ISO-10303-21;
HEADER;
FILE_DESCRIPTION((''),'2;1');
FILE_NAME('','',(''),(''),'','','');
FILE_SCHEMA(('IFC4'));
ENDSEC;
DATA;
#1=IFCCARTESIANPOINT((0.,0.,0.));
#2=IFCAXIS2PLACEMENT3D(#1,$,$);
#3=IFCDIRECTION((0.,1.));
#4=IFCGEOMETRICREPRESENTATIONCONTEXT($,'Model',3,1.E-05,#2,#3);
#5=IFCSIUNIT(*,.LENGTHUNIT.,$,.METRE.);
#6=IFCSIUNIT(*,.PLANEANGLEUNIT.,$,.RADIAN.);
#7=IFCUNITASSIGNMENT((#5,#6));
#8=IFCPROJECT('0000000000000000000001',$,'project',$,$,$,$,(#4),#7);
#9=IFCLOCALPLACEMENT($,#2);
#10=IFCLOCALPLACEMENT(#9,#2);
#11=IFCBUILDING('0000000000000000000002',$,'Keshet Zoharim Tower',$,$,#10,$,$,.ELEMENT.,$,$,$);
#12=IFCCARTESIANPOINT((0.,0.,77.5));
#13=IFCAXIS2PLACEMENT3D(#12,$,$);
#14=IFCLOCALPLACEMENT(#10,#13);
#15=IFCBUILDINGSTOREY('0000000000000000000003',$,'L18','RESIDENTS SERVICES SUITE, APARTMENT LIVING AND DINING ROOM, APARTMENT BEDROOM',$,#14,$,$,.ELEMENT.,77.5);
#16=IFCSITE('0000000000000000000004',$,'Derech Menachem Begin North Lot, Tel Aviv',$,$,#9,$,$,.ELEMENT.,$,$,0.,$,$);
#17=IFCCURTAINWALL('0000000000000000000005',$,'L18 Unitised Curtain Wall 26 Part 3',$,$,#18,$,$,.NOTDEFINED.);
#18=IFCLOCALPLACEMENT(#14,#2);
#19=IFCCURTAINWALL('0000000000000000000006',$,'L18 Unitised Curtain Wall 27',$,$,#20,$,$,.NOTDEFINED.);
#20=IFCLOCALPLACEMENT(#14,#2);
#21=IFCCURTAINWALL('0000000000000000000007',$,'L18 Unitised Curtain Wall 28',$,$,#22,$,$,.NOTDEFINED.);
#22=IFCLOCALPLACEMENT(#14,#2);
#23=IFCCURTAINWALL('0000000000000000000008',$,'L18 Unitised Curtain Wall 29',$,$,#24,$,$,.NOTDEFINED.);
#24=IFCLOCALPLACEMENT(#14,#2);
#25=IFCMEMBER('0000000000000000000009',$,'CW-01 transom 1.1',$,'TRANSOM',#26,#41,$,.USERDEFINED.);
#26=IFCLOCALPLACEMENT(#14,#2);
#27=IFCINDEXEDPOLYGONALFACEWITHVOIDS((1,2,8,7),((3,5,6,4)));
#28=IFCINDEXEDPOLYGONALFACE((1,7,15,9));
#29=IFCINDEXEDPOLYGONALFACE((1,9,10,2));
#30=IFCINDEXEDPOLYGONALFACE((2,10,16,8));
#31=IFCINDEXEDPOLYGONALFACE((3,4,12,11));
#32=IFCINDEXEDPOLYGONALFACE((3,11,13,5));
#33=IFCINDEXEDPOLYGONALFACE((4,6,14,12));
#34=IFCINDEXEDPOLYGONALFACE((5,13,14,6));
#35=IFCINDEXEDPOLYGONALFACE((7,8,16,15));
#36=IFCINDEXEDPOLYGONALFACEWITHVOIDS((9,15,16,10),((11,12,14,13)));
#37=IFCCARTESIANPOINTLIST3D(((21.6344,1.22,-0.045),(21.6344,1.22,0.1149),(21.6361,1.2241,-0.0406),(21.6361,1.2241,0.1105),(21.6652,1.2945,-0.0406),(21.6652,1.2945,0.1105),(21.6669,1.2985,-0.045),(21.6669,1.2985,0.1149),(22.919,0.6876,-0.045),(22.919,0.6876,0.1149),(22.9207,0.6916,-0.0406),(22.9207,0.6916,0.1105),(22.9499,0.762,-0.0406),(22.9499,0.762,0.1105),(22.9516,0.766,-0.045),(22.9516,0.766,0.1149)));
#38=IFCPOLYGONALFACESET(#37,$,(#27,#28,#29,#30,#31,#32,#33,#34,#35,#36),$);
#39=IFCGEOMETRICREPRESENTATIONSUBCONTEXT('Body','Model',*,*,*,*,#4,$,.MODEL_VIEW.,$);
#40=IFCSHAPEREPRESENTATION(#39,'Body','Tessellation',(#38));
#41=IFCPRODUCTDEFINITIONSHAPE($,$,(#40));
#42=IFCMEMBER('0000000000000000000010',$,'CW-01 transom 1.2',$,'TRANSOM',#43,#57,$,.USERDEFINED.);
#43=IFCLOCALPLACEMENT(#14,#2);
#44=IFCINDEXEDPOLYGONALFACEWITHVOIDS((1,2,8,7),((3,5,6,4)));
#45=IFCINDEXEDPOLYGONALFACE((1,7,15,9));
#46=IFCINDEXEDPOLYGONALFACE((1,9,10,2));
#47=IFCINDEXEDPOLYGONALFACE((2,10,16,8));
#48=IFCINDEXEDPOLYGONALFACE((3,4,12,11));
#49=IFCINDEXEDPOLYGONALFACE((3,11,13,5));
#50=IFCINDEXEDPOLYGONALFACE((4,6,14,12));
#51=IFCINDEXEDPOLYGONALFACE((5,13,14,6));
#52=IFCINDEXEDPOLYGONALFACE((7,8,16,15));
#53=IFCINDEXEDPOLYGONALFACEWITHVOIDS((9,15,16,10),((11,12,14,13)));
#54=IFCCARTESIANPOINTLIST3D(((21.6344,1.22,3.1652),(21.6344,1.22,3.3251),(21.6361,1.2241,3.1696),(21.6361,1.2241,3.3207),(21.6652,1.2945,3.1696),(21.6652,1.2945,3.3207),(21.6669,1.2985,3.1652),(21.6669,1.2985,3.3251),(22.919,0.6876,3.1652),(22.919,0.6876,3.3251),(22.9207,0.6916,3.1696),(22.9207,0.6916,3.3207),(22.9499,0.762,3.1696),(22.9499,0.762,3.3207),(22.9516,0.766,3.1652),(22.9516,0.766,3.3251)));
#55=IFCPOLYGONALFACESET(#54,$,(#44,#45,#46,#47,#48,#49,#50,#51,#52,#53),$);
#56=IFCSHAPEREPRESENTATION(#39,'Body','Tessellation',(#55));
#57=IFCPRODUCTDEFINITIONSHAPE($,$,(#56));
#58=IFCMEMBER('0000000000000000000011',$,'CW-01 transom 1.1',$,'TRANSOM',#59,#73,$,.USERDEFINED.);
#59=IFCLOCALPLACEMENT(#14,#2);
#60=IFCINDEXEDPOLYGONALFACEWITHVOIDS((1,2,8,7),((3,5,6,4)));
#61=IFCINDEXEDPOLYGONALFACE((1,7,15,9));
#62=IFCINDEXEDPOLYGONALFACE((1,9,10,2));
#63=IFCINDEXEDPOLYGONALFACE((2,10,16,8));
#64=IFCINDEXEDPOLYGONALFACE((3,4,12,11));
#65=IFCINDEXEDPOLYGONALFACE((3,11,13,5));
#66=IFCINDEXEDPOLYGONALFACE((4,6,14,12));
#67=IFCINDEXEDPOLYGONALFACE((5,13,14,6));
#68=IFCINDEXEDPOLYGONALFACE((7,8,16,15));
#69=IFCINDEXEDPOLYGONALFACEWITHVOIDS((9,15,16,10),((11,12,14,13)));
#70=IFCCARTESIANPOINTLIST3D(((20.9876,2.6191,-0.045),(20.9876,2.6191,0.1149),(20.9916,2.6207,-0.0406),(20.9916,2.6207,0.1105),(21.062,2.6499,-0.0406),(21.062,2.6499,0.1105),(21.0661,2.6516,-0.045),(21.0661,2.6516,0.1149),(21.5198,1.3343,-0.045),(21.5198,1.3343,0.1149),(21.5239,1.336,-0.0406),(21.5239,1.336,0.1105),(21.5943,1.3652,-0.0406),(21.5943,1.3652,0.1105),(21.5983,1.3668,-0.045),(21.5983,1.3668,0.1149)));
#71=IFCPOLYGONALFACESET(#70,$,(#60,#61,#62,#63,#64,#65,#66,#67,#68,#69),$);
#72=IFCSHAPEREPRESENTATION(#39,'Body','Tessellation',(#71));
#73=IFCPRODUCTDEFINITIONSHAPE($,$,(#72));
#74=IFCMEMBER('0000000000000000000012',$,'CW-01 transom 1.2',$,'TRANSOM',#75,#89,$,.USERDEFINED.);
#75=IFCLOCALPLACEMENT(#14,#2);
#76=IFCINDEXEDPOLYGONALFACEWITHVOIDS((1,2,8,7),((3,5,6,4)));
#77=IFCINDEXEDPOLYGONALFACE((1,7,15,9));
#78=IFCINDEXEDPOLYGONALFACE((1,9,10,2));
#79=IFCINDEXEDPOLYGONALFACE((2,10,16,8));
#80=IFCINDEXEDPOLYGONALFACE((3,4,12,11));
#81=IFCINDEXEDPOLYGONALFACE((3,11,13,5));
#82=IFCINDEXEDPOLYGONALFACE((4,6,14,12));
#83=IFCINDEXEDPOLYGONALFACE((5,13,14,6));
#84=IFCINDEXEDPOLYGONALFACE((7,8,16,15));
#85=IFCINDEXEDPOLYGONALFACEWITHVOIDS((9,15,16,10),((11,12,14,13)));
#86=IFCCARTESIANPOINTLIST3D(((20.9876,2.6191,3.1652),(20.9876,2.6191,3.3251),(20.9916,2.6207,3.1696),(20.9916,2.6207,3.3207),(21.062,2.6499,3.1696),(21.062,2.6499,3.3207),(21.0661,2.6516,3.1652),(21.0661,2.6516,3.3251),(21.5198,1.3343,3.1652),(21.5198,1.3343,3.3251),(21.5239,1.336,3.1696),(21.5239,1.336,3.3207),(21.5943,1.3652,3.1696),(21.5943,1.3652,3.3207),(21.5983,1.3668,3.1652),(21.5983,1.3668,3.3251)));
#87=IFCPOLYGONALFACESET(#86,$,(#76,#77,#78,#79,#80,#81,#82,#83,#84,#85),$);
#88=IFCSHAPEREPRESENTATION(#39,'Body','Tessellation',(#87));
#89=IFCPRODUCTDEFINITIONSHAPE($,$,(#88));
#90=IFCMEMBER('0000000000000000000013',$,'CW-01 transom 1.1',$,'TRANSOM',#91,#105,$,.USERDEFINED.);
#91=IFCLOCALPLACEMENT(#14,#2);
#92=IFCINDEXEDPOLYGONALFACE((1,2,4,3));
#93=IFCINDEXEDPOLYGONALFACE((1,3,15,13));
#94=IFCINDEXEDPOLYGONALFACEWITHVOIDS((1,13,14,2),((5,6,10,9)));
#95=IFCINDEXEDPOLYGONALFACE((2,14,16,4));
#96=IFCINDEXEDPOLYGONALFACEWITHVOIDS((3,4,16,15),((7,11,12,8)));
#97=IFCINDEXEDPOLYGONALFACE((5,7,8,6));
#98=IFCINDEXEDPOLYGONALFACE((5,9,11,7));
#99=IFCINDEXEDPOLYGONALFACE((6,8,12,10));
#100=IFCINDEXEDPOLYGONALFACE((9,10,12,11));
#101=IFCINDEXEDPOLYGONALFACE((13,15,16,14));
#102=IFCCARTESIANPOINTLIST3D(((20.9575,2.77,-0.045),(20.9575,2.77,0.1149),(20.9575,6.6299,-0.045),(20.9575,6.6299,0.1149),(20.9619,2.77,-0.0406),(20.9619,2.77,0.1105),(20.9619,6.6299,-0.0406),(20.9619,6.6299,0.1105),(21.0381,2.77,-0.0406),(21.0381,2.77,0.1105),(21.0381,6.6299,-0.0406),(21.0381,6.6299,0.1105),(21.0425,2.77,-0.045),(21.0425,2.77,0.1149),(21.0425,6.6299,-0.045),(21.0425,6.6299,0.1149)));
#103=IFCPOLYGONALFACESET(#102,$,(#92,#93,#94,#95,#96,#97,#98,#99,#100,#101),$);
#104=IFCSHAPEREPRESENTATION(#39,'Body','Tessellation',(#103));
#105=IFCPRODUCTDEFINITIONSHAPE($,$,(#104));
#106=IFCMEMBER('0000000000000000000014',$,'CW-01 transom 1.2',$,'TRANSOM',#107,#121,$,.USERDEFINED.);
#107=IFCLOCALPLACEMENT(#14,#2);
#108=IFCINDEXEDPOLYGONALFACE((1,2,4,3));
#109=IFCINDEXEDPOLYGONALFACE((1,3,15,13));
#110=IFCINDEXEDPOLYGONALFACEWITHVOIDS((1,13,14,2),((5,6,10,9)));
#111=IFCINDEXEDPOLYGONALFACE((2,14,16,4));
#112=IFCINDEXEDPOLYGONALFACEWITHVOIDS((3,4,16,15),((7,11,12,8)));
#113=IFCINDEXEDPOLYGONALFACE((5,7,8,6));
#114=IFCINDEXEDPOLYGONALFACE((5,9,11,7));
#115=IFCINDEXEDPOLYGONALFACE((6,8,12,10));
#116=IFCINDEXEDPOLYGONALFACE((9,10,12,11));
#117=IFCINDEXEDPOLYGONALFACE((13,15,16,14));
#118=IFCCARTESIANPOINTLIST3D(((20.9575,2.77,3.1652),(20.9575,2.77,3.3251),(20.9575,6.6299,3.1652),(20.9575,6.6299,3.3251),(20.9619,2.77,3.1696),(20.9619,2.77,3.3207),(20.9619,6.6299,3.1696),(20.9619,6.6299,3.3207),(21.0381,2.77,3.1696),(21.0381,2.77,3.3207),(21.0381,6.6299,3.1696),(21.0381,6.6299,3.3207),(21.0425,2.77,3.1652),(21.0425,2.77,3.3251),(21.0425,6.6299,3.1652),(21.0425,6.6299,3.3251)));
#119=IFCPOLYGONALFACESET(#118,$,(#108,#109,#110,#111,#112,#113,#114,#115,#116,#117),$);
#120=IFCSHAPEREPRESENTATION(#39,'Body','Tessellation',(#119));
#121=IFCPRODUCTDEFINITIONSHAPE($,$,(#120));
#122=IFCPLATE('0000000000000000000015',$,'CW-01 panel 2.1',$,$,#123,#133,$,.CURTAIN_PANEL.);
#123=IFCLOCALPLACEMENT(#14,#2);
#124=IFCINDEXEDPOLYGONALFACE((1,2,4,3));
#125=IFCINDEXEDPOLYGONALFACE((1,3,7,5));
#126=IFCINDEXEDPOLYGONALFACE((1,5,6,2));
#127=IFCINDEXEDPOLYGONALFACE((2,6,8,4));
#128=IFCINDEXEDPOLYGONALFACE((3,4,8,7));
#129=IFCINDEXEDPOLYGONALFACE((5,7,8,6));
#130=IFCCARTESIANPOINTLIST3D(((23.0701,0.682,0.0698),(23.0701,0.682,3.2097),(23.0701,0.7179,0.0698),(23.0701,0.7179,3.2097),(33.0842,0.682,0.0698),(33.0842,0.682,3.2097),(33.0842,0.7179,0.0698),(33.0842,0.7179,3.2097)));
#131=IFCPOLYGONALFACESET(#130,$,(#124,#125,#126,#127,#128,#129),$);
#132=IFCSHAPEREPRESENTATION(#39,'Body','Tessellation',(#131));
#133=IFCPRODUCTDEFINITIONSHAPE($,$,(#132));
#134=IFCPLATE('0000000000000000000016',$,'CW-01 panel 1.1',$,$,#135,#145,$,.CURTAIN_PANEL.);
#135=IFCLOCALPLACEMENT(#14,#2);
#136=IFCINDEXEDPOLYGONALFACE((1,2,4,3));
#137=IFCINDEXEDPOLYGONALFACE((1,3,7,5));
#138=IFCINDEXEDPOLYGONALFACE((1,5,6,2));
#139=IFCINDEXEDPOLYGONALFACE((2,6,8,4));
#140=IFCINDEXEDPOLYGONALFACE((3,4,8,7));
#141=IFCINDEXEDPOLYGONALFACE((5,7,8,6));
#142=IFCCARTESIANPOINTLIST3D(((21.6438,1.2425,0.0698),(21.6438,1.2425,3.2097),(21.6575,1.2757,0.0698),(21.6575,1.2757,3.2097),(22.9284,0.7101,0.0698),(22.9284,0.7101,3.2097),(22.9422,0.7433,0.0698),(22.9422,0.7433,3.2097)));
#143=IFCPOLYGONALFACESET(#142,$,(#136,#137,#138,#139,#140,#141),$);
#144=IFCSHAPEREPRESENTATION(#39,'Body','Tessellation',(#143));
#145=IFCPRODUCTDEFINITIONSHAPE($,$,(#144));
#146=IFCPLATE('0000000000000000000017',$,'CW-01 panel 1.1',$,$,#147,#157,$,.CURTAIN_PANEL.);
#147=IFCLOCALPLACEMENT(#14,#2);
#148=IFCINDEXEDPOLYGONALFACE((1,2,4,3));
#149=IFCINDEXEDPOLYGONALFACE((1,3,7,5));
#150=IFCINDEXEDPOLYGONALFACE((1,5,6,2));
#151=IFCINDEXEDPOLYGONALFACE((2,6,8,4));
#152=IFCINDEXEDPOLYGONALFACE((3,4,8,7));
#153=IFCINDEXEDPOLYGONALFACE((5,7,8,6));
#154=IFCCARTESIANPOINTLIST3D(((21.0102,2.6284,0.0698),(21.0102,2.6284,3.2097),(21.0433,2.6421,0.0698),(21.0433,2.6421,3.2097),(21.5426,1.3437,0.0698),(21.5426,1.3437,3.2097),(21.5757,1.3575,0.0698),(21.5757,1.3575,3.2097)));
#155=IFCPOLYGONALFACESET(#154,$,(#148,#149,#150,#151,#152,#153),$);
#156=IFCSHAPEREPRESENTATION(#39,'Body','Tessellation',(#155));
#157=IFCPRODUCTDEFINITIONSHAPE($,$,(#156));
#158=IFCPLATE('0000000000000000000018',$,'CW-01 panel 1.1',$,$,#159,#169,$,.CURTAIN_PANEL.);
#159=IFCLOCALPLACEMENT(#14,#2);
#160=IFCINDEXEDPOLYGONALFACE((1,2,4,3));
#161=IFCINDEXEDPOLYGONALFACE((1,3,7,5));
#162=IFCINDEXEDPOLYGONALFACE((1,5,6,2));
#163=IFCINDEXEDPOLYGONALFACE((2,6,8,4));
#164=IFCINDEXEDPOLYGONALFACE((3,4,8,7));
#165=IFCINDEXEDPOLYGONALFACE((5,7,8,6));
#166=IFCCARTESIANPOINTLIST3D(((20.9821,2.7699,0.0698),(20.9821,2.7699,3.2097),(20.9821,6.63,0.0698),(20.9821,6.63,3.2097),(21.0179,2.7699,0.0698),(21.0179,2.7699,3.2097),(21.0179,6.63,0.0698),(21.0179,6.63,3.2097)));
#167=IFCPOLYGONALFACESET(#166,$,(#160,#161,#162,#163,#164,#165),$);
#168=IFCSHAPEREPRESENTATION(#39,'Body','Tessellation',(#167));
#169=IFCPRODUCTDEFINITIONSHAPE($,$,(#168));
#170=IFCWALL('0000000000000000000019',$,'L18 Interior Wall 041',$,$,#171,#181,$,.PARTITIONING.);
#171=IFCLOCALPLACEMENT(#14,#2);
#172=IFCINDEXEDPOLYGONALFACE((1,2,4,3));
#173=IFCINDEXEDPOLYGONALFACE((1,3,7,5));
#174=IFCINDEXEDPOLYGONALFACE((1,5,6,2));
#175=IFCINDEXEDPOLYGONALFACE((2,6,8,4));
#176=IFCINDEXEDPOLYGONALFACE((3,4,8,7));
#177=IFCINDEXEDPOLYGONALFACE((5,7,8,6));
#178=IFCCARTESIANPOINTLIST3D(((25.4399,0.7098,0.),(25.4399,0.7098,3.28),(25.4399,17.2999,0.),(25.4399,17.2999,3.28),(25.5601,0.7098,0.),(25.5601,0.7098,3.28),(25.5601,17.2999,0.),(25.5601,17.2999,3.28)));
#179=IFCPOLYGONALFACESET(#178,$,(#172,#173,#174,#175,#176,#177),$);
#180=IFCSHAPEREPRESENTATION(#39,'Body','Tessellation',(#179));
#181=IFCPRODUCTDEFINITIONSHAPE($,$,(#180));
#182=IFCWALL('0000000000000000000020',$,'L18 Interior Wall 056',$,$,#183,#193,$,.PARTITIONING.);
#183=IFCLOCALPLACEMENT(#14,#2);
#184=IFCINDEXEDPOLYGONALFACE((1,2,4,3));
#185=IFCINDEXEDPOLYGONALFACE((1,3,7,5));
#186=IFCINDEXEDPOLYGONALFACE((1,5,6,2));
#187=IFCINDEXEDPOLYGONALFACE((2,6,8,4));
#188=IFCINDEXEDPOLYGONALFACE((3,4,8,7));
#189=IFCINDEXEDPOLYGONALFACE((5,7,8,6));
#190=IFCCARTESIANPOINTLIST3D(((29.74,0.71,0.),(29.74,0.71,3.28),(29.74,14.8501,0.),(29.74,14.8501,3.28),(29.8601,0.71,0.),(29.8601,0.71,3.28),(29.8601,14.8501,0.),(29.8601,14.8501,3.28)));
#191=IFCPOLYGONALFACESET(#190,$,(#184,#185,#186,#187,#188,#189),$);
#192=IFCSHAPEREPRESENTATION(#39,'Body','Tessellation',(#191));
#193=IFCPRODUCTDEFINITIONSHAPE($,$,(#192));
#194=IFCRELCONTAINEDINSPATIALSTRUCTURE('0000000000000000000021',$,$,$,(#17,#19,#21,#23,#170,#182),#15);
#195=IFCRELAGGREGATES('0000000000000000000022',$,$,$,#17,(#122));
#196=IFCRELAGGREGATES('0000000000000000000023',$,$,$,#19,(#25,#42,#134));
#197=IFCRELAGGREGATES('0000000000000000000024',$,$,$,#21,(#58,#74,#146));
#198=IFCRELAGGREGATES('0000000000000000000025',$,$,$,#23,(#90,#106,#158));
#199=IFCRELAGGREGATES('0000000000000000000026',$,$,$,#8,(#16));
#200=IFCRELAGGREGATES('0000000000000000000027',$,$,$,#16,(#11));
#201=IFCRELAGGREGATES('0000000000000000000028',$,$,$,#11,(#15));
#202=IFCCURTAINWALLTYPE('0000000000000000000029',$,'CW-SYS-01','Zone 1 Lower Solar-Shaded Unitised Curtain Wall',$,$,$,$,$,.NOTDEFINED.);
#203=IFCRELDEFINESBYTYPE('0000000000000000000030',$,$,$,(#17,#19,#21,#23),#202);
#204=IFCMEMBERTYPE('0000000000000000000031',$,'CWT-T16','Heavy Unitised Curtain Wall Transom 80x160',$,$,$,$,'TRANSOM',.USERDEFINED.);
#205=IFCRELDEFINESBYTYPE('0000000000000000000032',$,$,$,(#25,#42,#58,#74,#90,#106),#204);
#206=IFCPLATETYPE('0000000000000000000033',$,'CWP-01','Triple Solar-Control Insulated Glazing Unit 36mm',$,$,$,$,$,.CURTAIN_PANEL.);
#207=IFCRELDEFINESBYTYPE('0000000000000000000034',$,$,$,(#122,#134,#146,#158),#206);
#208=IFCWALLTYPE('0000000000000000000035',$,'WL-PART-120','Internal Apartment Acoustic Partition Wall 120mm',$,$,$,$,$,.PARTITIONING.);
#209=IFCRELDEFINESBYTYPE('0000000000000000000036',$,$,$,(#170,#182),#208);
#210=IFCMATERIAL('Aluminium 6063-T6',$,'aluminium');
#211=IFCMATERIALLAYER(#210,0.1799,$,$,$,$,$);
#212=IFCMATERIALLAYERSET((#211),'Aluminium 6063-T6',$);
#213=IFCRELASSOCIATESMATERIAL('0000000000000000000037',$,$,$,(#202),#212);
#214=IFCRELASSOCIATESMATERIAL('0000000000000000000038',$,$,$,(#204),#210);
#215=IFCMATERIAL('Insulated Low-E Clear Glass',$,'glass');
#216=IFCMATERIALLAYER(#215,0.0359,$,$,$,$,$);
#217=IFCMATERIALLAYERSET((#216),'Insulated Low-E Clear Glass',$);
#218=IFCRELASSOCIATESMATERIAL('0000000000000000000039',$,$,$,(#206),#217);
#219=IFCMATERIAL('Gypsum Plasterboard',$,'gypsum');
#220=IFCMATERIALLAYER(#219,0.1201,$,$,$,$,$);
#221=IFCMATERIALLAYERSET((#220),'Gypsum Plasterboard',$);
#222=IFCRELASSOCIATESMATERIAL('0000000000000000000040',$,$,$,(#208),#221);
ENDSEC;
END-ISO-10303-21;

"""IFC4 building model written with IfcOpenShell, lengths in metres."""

from ifc_helpers import new_model, si_unit, direction, frame, frame_2d, origin, origin_2d, place, context, subcontext, project, spatial, rectangle, hollow_rectangle, extrude, material, layer, layer_set, material_profile, profile_set, type_object, element, aggregate, save


model = new_model("IFC4")

# Units and contexts
model_context = context("Model", 3, precision=1e-05, world=origin(), true_north=direction((0.0, 1.0)))
body_context = subcontext(model_context, "Body", "Model", "MODEL_VIEW")
ifc_project = project(units=[si_unit("LENGTHUNIT", "METRE"), si_unit("PLANEANGLEUNIT", "RADIAN")], contexts=[model_context])

# Site, building, storey
site_placement = place(None, origin())
site = spatial("IfcSite", under=ifc_project, at=site_placement, Name="Derech Menachem Begin North Lot, Tel Aviv", CompositionType="ELEMENT", RefElevation=0.0)
building_placement = place(site_placement, origin())
building = spatial("IfcBuilding", under=site, at=building_placement, Name="Keshet Zoharim Tower", CompositionType="ELEMENT")
storey_placement = place(building_placement, frame((0.0, 0.0, 77.5)))
storey = spatial("IfcBuildingStorey", under=building, at=storey_placement, Name="L18", Description="RESIDENTS SERVICES SUITE, APARTMENT LIVING AND DINING ROOM, APARTMENT BEDROOM", CompositionType="ELEMENT", Elevation=77.5)

# Curtain wall
ifc_material_1 = material(Name="Aluminium 6063-T6", Category="aluminium")
ifc_layer_1 = layer(ifc_material_1, 0.1799)
ifc_layer_set_1 = layer_set([ifc_layer_1], Name="Aluminium 6063-T6")
curtain_wall_type = type_object("IfcCurtainWallType", Name="CW-SYS-01", Description="Zone 1 Lower Solar-Shaded Unitised Curtain Wall", PredefinedType="NOTDEFINED", material=ifc_layer_set_1)
curtain_wall_1_placement = place(storey_placement, origin())
curtain_wall_1 = element("IfcCurtainWall", 1, at=curtain_wall_1_placement, inside=storey, type_object=curtain_wall_type, Name="L18 Unitised Curtain Wall 26 Part 3", PredefinedType="NOTDEFINED")

# Curtain walls
curtain_wall_2_placement = place(storey_placement, origin())
curtain_wall_2 = element("IfcCurtainWall", 2, at=curtain_wall_2_placement, inside=storey, type_object=curtain_wall_type, Name="L18 Unitised Curtain Wall 27", PredefinedType="NOTDEFINED")
curtain_wall_3_placement = place(storey_placement, origin())
curtain_wall_3 = element("IfcCurtainWall", 3, at=curtain_wall_3_placement, inside=storey, type_object=curtain_wall_type, Name="L18 Unitised Curtain Wall 28", PredefinedType="NOTDEFINED")
curtain_wall_4_placement = place(storey_placement, origin())
curtain_wall_4 = element("IfcCurtainWall", 4, at=curtain_wall_4_placement, inside=storey, type_object=curtain_wall_type, Name="L18 Unitised Curtain Wall 29", PredefinedType="NOTDEFINED")

# Members
ifc_material_profile_1 = material_profile(ifc_material_1, hollow_rectangle(XDim=0.085, YDim=0.1599, WallThickness=0.0044, at=origin_2d()), Name="TRN-85x160")
ifc_profile_set_1 = profile_set([ifc_material_profile_1], Name="Aluminium 6063-T6")
member_type_1 = type_object("IfcMemberType", Name="CWT-T16", Description="Heavy Unitised Curtain Wall Transom 80x160", ElementType="TRANSOM", PredefinedType="USERDEFINED", material=ifc_profile_set_1)
member_1_placement = place(storey_placement, frame((22.9353, 0.7268, 0.0349), z_axis=(-0.923792, 0.382894, 0.0), x_axis=(-0.382894, -0.923792, 0.0)))
member_1 = element("IfcMember", 5, at=member_1_placement, type_object=member_type_1, Name="CW-01 transom 1.1", ObjectType="TRANSOM", PredefinedType="USERDEFINED", context=body_context, shape_type="SweptSolid", body=[
    extrude(hollow_rectangle(XDim=0.085, YDim=0.1599, WallThickness=0.0044, at=origin_2d()), origin(), (0.0, 0.0, 1.0), 1.3906),
])
member_2_placement = place(storey_placement, frame((22.9353, 0.7268, 3.2451), z_axis=(-0.923792, 0.382894, 0.0), x_axis=(-0.382894, -0.923792, 0.0)))
member_2 = element("IfcMember", 6, at=member_2_placement, type_object=member_type_1, Name="CW-01 transom 1.2", ObjectType="TRANSOM", PredefinedType="USERDEFINED", context=body_context, shape_type="SweptSolid", body=[
    extrude(hollow_rectangle(XDim=0.085, YDim=0.1599, WallThickness=0.0044, at=origin_2d()), origin(), (0.0, 0.0, 1.0), 1.3906),
])
member_3_placement = place(storey_placement, frame((21.5591, 1.3506, 0.0349), z_axis=(-0.382745, 0.923854, 0.0), x_axis=(-0.923854, -0.382745, 0.0)))
member_3 = element("IfcMember", 7, at=member_3_placement, type_object=member_type_1, Name="CW-01 transom 1.1", ObjectType="TRANSOM", PredefinedType="USERDEFINED", context=body_context, shape_type="SweptSolid", body=[
    extrude(hollow_rectangle(XDim=0.085, YDim=0.1599, WallThickness=0.0044, at=origin_2d()), origin(), (0.0, 0.0, 1.0), 1.3906),
])
member_4_placement = place(storey_placement, frame((21.5591, 1.3506, 3.2451), z_axis=(-0.382745, 0.923854, 0.0), x_axis=(-0.923854, -0.382745, 0.0)))
member_4 = element("IfcMember", 8, at=member_4_placement, type_object=member_type_1, Name="CW-01 transom 1.2", ObjectType="TRANSOM", PredefinedType="USERDEFINED", context=body_context, shape_type="SweptSolid", body=[
    extrude(hollow_rectangle(XDim=0.085, YDim=0.1599, WallThickness=0.0044, at=origin_2d()), origin(), (0.0, 0.0, 1.0), 1.3906),
])
member_5_placement = place(storey_placement, frame((21.0, 2.77, 0.0349), z_axis=(0.0, 1.0, 0.0), x_axis=(-1.0, 0.0, 0.0)))
member_5 = element("IfcMember", 9, at=member_5_placement, type_object=member_type_1, Name="CW-01 transom 1.1", ObjectType="TRANSOM", PredefinedType="USERDEFINED", context=body_context, shape_type="SweptSolid", body=[
    extrude(hollow_rectangle(XDim=0.085, YDim=0.1599, WallThickness=0.0044, at=origin_2d()), origin(), (0.0, 0.0, 1.0), 3.8599),
])
member_6_placement = place(storey_placement, frame((21.0, 2.77, 3.2451), z_axis=(0.0, 1.0, 0.0), x_axis=(-1.0, 0.0, 0.0)))
member_6 = element("IfcMember", 10, at=member_6_placement, type_object=member_type_1, Name="CW-01 transom 1.2", ObjectType="TRANSOM", PredefinedType="USERDEFINED", context=body_context, shape_type="SweptSolid", body=[
    extrude(hollow_rectangle(XDim=0.085, YDim=0.1599, WallThickness=0.0044, at=origin_2d()), origin(), (0.0, 0.0, 1.0), 3.8599),
])

# Plates
ifc_material_2 = material(Name="Insulated Low-E Clear Glass", Category="glass")
ifc_layer_2 = layer(ifc_material_2, 0.0359)
ifc_layer_set_2 = layer_set([ifc_layer_2], Name="Insulated Low-E Clear Glass")
plate_type = type_object("IfcPlateType", Name="CWP-01", Description="Triple Solar-Control Insulated Glazing Unit 36mm", PredefinedType="CURTAIN_PANEL", material=ifc_layer_set_2)
plate_1_placement = place(storey_placement, frame((28.0771, 0.7, 0.0698), z_axis=(0.0, 0.0, 1.0), x_axis=(-1.0, 0.0, 0.0)))
plate_1 = element("IfcPlate", 11, at=plate_1_placement, type_object=plate_type, Name="CW-01 panel 2.1", PredefinedType="CURTAIN_PANEL", context=body_context, shape_type="SweptSolid", body=[
    extrude(rectangle(XDim=10.0142, YDim=0.0359, at=origin_2d()), origin(), (0.0, 0.0, 1.0), 3.1399),
])
aggregate(curtain_wall_1, [plate_1])
plate_2_placement = place(storey_placement, frame((22.293, 0.9929, 0.0698), z_axis=(0.0, 0.0, 1.0), x_axis=(-0.92381, 0.382852, 0.0)))
plate_2 = element("IfcPlate", 12, at=plate_2_placement, type_object=plate_type, Name="CW-01 panel 1.1", PredefinedType="CURTAIN_PANEL", context=body_context, shape_type="SweptSolid", body=[
    extrude(rectangle(XDim=1.3906, YDim=0.0359, at=origin_2d()), origin(), (0.0, 0.0, 1.0), 3.1399),
])
aggregate(curtain_wall_2, [member_1, member_2, plate_2])
plate_3_placement = place(storey_placement, frame((21.293, 1.9929, 0.0698), z_axis=(0.0, 0.0, 1.0), x_axis=(-0.382852, 0.92381, 0.0)))
plate_3 = element("IfcPlate", 13, at=plate_3_placement, type_object=plate_type, Name="CW-01 panel 1.1", PredefinedType="CURTAIN_PANEL", context=body_context, shape_type="SweptSolid", body=[
    extrude(rectangle(XDim=1.3906, YDim=0.0359, at=origin_2d()), origin(), (0.0, 0.0, 1.0), 3.1399),
])
aggregate(curtain_wall_3, [member_3, member_4, plate_3])
plate_4_placement = place(storey_placement, frame((21.0, 4.7, 0.0698), z_axis=(0.0, 0.0, 1.0), x_axis=(0.0, 1.0, 0.0)))
plate_4 = element("IfcPlate", 14, at=plate_4_placement, type_object=plate_type, Name="CW-01 panel 1.1", PredefinedType="CURTAIN_PANEL", context=body_context, shape_type="SweptSolid", body=[
    extrude(rectangle(XDim=3.8601, YDim=0.0359, at=origin_2d()), origin(), (0.0, 0.0, 1.0), 3.1399),
])
aggregate(curtain_wall_4, [member_5, member_6, plate_4])

# Walls
ifc_material_3 = material(Name="Gypsum Plasterboard", Category="gypsum")
ifc_layer_3 = layer(ifc_material_3, 0.1201)
ifc_layer_set_3 = layer_set([ifc_layer_3], Name="Gypsum Plasterboard")
wall_type = type_object("IfcWallType", Name="WL-PART-120", Description="Internal Apartment Acoustic Partition Wall 120mm", PredefinedType="PARTITIONING", material=ifc_layer_set_3)
wall_placement = place(storey_placement, frame((25.5, 0.71, 0.0), z_axis=(0.0, 0.0, 1.0), x_axis=(0.0, 1.0, 0.0)))
element("IfcWall", 15, at=wall_placement, inside=storey, type_object=wall_type, Name="L18 Interior Wall 041", PredefinedType="PARTITIONING", context=body_context, shape_type="SweptSolid", body=[
    extrude(rectangle(XDim=16.5901, YDim=0.1201, at=frame_2d((8.2949, 0.0))), origin(), (0.0, 0.0, 1.0), 3.28),
])
for number, where, z_axis, x_axis, name in (
    (16, (29.8, 0.71, 0.0), (0.0, 0.0, 1.0), (0.0, 1.0, 0.0), "L18 Interior Wall 056"),
):
    element("IfcWall", number, at=place(storey_placement, frame(where, z_axis=z_axis, x_axis=x_axis)), inside=storey, type_object=wall_type, Name=name, PredefinedType="PARTITIONING", context=body_context, shape_type="SweptSolid", body=[
        extrude(rectangle(XDim=14.1401, YDim=0.1201, at=frame_2d((7.0701, 0.0))), origin(), (0.0, 0.0, 1.0), 3.28),
    ])

save(model, "model.ifc")
